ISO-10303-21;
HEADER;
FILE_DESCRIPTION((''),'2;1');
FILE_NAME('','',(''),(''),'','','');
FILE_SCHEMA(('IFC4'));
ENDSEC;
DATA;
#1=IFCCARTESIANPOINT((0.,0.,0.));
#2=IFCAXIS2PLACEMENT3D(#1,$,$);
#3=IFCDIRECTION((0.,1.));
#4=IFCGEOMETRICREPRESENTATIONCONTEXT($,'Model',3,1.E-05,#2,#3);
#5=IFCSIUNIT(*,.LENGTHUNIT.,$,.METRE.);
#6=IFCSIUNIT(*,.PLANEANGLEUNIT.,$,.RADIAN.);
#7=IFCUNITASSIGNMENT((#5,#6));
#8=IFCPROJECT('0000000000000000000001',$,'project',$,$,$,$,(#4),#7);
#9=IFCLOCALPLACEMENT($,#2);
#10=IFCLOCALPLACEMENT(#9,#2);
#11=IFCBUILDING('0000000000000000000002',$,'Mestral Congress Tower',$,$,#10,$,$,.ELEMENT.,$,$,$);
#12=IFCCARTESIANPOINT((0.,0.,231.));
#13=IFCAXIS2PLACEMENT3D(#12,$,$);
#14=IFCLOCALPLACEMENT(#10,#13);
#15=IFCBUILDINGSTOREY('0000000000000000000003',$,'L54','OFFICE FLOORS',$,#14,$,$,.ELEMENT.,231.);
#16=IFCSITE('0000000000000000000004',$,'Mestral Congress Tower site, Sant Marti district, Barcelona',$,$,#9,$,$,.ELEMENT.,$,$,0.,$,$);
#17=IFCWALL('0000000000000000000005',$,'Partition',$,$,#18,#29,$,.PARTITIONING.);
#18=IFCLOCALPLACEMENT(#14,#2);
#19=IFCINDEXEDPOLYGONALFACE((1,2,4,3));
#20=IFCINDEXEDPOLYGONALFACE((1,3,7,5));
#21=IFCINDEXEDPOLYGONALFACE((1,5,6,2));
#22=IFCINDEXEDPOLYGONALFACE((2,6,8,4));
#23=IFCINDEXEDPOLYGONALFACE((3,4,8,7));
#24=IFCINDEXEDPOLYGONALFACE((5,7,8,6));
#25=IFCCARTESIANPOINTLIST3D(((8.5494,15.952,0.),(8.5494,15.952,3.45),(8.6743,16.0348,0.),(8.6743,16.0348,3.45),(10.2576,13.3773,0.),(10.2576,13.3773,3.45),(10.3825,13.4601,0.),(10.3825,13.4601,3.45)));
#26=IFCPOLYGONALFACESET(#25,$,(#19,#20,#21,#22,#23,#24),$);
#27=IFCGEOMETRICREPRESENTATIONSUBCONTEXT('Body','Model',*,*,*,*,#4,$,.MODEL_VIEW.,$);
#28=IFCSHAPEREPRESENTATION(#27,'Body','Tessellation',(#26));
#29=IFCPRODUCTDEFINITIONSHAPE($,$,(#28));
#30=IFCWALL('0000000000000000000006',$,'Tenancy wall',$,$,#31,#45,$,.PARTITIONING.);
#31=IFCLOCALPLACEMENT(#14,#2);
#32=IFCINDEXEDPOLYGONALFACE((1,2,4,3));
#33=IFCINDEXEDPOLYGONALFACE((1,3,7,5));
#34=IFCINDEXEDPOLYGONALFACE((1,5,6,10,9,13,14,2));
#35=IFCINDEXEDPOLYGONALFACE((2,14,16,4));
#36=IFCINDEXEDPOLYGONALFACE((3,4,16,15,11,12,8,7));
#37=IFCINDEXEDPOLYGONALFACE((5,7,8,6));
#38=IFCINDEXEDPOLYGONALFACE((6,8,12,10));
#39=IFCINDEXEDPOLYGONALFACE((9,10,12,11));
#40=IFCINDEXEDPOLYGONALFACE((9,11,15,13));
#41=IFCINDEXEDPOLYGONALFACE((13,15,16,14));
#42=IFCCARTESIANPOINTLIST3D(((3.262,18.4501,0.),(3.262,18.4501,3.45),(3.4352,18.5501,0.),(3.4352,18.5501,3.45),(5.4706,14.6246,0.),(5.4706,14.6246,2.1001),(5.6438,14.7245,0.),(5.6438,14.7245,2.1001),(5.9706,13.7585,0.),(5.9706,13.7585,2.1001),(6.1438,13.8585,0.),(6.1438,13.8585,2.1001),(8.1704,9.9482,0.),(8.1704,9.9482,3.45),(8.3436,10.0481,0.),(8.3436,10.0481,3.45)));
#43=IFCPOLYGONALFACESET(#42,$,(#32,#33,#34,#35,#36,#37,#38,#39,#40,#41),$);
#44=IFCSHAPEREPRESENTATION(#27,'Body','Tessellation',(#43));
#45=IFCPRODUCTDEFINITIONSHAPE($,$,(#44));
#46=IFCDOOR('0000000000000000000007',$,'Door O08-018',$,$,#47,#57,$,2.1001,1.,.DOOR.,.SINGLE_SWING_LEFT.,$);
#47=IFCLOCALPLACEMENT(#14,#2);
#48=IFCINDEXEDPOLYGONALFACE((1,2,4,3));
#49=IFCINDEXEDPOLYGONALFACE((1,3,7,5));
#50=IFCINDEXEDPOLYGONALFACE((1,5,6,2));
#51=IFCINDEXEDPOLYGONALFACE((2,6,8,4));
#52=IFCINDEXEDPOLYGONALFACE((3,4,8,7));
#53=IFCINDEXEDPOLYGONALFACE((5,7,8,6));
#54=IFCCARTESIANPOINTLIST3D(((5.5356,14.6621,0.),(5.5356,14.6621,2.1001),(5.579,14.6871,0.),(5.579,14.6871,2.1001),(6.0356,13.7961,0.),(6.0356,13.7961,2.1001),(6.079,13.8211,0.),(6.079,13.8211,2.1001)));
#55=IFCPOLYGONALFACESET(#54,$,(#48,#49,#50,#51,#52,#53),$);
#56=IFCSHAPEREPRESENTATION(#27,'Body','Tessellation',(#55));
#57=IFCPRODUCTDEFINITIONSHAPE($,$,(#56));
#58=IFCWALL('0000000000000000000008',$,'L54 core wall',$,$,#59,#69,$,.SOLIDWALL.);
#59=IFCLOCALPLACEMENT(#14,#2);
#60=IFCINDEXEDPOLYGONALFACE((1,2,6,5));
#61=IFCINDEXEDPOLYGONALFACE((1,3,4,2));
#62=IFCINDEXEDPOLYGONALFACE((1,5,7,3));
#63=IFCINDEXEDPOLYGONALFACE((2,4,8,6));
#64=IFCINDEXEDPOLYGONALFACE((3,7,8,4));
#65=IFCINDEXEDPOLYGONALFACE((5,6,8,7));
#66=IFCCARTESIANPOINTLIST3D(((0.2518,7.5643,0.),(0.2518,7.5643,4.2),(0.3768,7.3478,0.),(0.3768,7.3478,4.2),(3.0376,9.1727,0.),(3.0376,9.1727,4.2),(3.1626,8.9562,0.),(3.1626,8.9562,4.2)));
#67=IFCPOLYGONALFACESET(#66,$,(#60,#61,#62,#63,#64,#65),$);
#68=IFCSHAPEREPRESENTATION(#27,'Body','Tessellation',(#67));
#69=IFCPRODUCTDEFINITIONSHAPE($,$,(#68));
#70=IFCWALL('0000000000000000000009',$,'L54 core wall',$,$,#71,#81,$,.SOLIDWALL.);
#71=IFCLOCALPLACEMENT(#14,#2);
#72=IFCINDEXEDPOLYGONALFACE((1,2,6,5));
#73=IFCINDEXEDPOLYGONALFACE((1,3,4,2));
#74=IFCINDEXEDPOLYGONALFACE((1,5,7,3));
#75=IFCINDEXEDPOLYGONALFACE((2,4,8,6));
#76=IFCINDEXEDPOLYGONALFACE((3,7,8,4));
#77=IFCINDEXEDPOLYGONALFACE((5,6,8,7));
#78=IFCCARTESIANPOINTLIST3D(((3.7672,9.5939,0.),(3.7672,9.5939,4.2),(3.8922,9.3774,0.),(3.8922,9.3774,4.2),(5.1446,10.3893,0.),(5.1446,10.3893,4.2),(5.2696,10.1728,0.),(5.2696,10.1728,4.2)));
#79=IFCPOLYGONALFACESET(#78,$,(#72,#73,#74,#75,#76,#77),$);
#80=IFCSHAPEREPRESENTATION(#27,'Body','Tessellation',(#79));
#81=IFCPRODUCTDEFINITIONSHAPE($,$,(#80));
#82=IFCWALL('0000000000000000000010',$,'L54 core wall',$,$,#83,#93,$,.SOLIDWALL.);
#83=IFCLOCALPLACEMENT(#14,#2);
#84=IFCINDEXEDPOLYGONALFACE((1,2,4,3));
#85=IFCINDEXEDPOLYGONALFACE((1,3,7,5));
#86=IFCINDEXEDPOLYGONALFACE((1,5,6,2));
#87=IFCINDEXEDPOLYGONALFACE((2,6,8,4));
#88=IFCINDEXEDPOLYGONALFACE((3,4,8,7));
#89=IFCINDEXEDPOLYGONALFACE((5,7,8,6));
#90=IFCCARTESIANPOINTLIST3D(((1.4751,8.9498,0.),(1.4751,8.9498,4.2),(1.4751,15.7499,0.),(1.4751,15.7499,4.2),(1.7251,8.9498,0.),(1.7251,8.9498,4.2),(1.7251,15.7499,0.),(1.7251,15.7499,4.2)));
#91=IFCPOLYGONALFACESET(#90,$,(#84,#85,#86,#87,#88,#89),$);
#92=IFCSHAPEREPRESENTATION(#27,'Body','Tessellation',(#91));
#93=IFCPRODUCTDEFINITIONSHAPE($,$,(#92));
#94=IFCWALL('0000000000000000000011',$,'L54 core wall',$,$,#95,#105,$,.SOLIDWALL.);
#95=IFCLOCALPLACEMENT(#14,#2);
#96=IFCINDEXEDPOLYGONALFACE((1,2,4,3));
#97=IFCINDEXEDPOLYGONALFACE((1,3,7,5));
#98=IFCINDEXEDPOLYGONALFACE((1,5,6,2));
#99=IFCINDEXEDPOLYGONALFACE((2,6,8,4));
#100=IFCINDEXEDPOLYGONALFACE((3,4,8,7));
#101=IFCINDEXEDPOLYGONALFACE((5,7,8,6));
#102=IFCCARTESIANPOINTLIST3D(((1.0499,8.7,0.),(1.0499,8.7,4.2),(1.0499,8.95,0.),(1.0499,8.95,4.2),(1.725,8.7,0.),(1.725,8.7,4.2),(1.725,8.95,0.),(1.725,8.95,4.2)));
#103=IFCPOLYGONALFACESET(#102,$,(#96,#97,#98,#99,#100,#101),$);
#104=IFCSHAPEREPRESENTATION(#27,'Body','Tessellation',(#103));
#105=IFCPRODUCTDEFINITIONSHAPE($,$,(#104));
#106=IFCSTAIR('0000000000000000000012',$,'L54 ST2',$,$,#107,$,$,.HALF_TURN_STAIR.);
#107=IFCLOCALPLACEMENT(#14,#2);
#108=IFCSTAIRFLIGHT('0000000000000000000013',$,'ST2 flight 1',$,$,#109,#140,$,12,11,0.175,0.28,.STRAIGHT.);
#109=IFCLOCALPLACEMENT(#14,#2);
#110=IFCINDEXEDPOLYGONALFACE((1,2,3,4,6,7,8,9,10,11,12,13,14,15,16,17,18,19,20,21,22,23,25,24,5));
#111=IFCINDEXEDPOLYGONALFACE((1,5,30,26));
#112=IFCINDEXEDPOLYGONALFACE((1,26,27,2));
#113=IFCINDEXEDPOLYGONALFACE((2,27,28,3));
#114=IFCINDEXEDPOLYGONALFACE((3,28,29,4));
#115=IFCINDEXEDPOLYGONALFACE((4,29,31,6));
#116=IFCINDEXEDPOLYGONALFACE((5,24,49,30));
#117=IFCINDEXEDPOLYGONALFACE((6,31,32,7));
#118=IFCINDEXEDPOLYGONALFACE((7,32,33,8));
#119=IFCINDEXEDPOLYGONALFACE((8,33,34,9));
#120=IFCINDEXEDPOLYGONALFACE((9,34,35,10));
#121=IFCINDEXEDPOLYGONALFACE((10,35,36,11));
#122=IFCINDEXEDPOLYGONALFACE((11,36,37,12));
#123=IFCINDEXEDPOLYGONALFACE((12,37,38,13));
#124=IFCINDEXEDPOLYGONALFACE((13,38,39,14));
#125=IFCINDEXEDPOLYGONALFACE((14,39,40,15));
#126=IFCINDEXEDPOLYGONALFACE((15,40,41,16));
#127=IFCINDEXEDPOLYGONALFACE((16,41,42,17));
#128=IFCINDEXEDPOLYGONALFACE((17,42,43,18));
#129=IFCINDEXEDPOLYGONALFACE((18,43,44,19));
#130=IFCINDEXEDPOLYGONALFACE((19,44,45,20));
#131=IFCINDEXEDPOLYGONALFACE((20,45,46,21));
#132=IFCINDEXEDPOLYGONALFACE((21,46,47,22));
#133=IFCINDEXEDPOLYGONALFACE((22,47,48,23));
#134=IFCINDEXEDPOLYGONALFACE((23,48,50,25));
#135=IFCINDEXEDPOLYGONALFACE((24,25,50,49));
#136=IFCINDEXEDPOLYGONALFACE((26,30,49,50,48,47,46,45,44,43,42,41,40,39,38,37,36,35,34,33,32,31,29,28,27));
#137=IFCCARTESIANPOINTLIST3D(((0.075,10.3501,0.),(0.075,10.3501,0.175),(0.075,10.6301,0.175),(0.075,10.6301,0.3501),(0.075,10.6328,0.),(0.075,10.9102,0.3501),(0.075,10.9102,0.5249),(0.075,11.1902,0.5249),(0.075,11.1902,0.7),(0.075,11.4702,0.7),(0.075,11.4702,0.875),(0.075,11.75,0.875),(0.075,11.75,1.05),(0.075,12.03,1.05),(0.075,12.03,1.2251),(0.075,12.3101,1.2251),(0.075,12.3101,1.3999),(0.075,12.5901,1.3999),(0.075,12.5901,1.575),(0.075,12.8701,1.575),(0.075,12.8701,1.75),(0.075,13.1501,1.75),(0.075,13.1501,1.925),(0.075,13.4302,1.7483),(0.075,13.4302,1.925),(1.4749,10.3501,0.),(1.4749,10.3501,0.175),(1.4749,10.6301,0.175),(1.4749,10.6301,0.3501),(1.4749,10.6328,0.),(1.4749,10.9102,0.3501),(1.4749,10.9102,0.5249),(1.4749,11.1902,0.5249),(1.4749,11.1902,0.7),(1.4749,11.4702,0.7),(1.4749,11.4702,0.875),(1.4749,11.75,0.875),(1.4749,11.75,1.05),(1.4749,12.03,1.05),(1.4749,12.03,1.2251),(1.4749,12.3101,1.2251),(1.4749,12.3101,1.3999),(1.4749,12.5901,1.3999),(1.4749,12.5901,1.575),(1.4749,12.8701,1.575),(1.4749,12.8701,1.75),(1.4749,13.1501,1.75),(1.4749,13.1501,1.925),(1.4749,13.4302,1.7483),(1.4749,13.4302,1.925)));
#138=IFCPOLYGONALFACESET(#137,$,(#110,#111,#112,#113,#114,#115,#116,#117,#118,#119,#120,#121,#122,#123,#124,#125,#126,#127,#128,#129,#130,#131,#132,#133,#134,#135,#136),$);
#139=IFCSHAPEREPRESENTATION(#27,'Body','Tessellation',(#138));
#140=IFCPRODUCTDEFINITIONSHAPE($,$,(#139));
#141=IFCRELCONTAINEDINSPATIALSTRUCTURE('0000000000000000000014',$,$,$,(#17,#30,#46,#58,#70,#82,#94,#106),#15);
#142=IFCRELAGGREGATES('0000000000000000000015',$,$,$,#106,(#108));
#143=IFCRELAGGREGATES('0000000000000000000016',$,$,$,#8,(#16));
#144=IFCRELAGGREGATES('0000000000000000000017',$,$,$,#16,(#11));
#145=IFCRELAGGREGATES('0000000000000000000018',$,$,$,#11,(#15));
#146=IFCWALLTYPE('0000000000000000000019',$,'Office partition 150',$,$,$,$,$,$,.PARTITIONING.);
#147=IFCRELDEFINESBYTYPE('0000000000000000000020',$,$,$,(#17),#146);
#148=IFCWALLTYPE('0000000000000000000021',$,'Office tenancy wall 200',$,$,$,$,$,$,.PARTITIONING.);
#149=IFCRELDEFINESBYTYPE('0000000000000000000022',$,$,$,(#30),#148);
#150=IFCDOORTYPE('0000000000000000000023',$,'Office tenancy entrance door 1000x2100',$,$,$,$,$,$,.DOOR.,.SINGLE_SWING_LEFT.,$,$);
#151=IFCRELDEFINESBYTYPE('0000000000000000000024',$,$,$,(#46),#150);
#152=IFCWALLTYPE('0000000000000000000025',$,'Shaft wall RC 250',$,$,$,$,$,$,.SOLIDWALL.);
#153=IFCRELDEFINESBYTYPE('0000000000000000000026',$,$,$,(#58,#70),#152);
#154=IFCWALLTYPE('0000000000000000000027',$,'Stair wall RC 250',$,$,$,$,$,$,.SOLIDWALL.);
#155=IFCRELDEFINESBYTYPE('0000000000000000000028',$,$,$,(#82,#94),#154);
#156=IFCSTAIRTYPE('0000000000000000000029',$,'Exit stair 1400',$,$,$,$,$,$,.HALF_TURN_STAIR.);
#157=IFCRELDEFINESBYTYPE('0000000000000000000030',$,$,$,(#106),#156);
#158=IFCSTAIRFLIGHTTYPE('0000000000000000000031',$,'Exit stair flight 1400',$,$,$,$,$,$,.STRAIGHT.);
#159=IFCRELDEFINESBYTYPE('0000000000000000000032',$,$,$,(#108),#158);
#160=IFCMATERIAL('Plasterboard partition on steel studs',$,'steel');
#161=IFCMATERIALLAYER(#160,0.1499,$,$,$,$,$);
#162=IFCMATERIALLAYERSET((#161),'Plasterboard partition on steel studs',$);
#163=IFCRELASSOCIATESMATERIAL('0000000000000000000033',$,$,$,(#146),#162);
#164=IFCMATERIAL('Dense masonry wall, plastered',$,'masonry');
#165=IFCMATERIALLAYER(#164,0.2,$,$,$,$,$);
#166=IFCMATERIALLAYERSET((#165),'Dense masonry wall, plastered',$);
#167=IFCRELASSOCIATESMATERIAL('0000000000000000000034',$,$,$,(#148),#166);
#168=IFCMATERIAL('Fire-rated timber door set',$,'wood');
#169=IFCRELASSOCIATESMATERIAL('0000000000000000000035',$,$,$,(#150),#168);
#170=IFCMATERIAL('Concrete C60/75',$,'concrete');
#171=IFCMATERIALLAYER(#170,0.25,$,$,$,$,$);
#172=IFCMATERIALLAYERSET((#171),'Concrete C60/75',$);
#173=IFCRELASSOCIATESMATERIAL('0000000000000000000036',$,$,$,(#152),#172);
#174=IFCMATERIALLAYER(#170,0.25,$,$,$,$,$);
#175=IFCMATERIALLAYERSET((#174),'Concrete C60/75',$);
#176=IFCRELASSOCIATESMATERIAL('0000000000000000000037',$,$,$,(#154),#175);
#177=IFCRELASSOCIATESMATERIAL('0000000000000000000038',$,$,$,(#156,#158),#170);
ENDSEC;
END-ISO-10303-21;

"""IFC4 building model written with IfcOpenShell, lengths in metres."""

from ifc_helpers import new_model, si_unit, direction, frame, frame_2d, origin, place, context, subcontext, project, spatial, polyline, rectangle, outline, extrude, material, layer, layer_set, type_object, element, fill, aggregate, save


model = new_model("IFC4")

# Units and contexts
model_context = context("Model", 3, precision=1e-05, world=origin(), true_north=direction((0.0, 1.0)))
body_context = subcontext(model_context, "Body", "Model", "MODEL_VIEW")
ifc_project = project(units=[si_unit("LENGTHUNIT", "METRE"), si_unit("PLANEANGLEUNIT", "RADIAN")], contexts=[model_context])

# Site, building, storey
site_placement = place(None, origin())
site = spatial("IfcSite", under=ifc_project, at=site_placement, Name="Mestral Congress Tower site, Sant Marti district, Barcelona", CompositionType="ELEMENT", RefElevation=0.0)
building_placement = place(site_placement, origin())
building = spatial("IfcBuilding", under=site, at=building_placement, Name="Mestral Congress Tower", CompositionType="ELEMENT")
storey_placement = place(building_placement, frame((0.0, 0.0, 231.0)))
storey = spatial("IfcBuildingStorey", under=building, at=storey_placement, Name="L54", Description="OFFICE FLOORS", CompositionType="ELEMENT", Elevation=231.0)

# Shared definitions
ifc_material_1 = material(Name="Concrete C60/75", Category="concrete")

# Shared definitions
ifc_material_2 = material(Name="Plasterboard partition on steel studs", Category="steel")
ifc_layer_1 = layer(ifc_material_2, 0.1499)
ifc_layer_set_1 = layer_set([ifc_layer_1], Name="Plasterboard partition on steel studs")
wall_type_1 = type_object("IfcWallType", Name="Office partition 150", PredefinedType="PARTITIONING", material=ifc_layer_set_1)

# Wall
wall_1_placement = place(storey_placement, frame((10.3201, 13.4187, 0.0), z_axis=(0.0, 0.0, 1.0), x_axis=(-0.552857, 0.833276, 0.0)))
element("IfcWall", 1, at=wall_1_placement, inside=storey, type_object=wall_type_1, Name="Partition", PredefinedType="PARTITIONING", context=body_context, shape_type="SweptSolid", body=[
    extrude(rectangle(XDim=3.0898, YDim=0.1499, at=frame_2d((1.5449, 0.0))), origin(), (0.0, 0.0, 1.0), 3.45),
])

# Wall, opening, door
ifc_material_3 = material(Name="Dense masonry wall, plastered", Category="masonry")
ifc_layer_2 = layer(ifc_material_3, 0.2)
ifc_layer_set_2 = layer_set([ifc_layer_2], Name="Dense masonry wall, plastered")
wall_type_2 = type_object("IfcWallType", Name="Office tenancy wall 200", PredefinedType="PARTITIONING", material=ifc_layer_set_2)
wall_2_placement = place(storey_placement, frame((8.2571, 9.998, 0.0), z_axis=(0.0, 0.0, 1.0), x_axis=(-0.499988, 0.866032, 0.0)))
wall_2 = element("IfcWall", 2, at=wall_2_placement, inside=storey, type_object=wall_type_2, Name="Tenancy wall", PredefinedType="PARTITIONING", context=body_context, shape_type="SweptSolid", body=[
    extrude(rectangle(XDim=9.8171, YDim=0.2, at=frame_2d((4.9087, 0.0))), origin(), (0.0, 0.0, 1.0), 3.45),
])
opening_1_placement = place(wall_2_placement, frame((4.3999, 0.0, 0.0)))
opening_1 = element("IfcOpeningElement", 3, at=opening_1_placement, cuts=wall_2, PredefinedType="OPENING", context=body_context, shape_type="SweptSolid", body=[
    extrude(rectangle(XDim=1.0, YDim=2.1001, at=frame_2d((0.5, 1.05))), frame((0.0, 0.1099, 0.0), z_axis=(0.0, -1.0, 0.0), x_axis=(1.0, 0.0, 0.0)), (0.0, 0.0, 1.0), 0.22),
])
ifc_material_4 = material(Name="Fire-rated timber door set", Category="wood")
door_type_1 = type_object("IfcDoorType", Name="Office tenancy entrance door 1000x2100", OperationType="SINGLE_SWING_LEFT", PredefinedType="DOOR", material=ifc_material_4)
door_1_placement = place(opening_1_placement, origin())
door_1 = element("IfcDoor", 4, at=door_1_placement, inside=storey, type_object=door_type_1, Name="Door O08-018", OperationType="SINGLE_SWING_LEFT", OverallHeight=2.1001, OverallWidth=1.0, PredefinedType="DOOR", context=body_context, shape_type="SweptSolid", body=[
    extrude(rectangle(XDim=1.0, YDim=2.1001, at=frame_2d((0.5, 1.05))), frame((0.0, 0.0249, 0.0), z_axis=(0.0, -1.0, 0.0), x_axis=(1.0, 0.0, 0.0)), (0.0, 0.0, 1.0), 0.05),
])
fill(opening_1, door_1)

# Walls
ifc_layer_3 = layer(ifc_material_1, 0.25)
ifc_layer_set_3 = layer_set([ifc_layer_3], Name="Concrete C60/75")
wall_type_3 = type_object("IfcWallType", Name="Shaft wall RC 250", PredefinedType="SOLIDWALL", material=ifc_layer_set_3)
wall_3_placement = place(storey_placement, frame((3.1001, 9.0645, 0.0), z_axis=(0.0, 0.0, 1.0), x_axis=(-0.86603, -0.499992, 0.0)))
element("IfcWall", 5, at=wall_3_placement, inside=storey, type_object=wall_type_3, Name="L54 core wall", PredefinedType="SOLIDWALL", context=body_context, shape_type="SweptSolid", body=[
    extrude(rectangle(XDim=3.2168, YDim=0.25, at=frame_2d((1.6084, 0.0))), origin(), (0.0, 0.0, 1.0), 4.2),
])
wall_4_placement = place(storey_placement, frame((3.8296, 9.4856, 0.0), z_axis=(0.0, 0.0, 1.0), x_axis=(0.865986, 0.500068, 0.0)))
element("IfcWall", 6, at=wall_4_placement, inside=storey, type_object=wall_type_3, Name="L54 core wall", PredefinedType="SOLIDWALL", context=body_context, shape_type="SweptSolid", body=[
    extrude(rectangle(XDim=1.5906, YDim=0.25, at=frame_2d((0.7954, 0.0))), origin(), (0.0, 0.0, 1.0), 4.2),
])
ifc_layer_4 = layer(ifc_material_1, 0.25)
ifc_layer_set_4 = layer_set([ifc_layer_4], Name="Concrete C60/75")
wall_type_4 = type_object("IfcWallType", Name="Stair wall RC 250", PredefinedType="SOLIDWALL", material=ifc_layer_set_4)
wall_5_placement = place(storey_placement, frame((1.6001, 8.95, 0.0), z_axis=(0.0, 0.0, 1.0), x_axis=(0.0, 1.0, 0.0)))
element("IfcWall", 7, at=wall_5_placement, inside=storey, type_object=wall_type_4, Name="L54 core wall", PredefinedType="SOLIDWALL", context=body_context, shape_type="SweptSolid", body=[
    extrude(rectangle(XDim=6.8, YDim=0.25, at=frame_2d((3.3999, 0.0))), origin(), (0.0, 0.0, 1.0), 4.2),
])
wall_6_placement = place(storey_placement, frame((1.05, 8.825, 0.0), z_axis=(0.0, 0.0, 1.0), x_axis=(1.0, 0.0, 0.0)))
element("IfcWall", 8, at=wall_6_placement, inside=storey, type_object=wall_type_4, Name="L54 core wall", PredefinedType="SOLIDWALL", context=body_context, shape_type="SweptSolid", body=[
    extrude(rectangle(XDim=0.675, YDim=0.25, at=frame_2d((0.3374, 0.0))), origin(), (0.0, 0.0, 1.0), 4.2),
])

# Stair, stair flight
stair_type = type_object("IfcStairType", Name="Exit stair 1400", PredefinedType="HALF_TURN_STAIR", material=ifc_material_1)
stair_placement = place(storey_placement, origin())
stair = element("IfcStair", 9, at=stair_placement, inside=storey, type_object=stair_type, Name="L54 ST2", PredefinedType="HALF_TURN_STAIR")
stair_flight_type = type_object("IfcStairFlightType", Name="Exit stair flight 1400", PredefinedType="STRAIGHT", material=ifc_material_1)
stair_flight_placement = place(storey_placement, frame((0.7749, 10.3501, 0.0), z_axis=(0.0, 0.0, 1.0), x_axis=(0.0, 1.0, 0.0)))
stair_flight = element("IfcStairFlight", 10, at=stair_flight_placement, type_object=stair_flight_type, Name="ST2 flight 1", NumberOfRisers=12, NumberOfTreads=11, PredefinedType="STRAIGHT", RiserHeight=0.175, TreadLength=0.28, context=body_context, shape_type="SweptSolid", body=[
    extrude(outline(polyline([(0.0, 0.0), (0.0, 0.175), (0.28, 0.175), (0.28, 0.3501), (0.5601, 0.3501), (0.5601, 0.5249), (0.8401, 0.5249), (0.8401, 0.7), (1.1201, 0.7), (1.1201, 0.875), (1.3999, 0.875), (1.3999, 1.05), (1.6799, 1.05), (1.6799, 1.2251), (1.96, 1.2251), (1.96, 1.3999), (2.24, 1.3999), (2.24, 1.575), (2.52, 1.575), (2.52, 1.75), (2.8, 1.75), (2.8, 1.925), (3.0801, 1.925), (3.0801, 2.1001), (3.0801, 1.7483), (0.2827, 0.0), (0.0, 0.0)])), frame((0.0, 0.7, 0.0), z_axis=(0.0, -1.0, 0.0), x_axis=(1.0, 0.0, 0.0)), (0.0, 0.0, 1.0), 1.3999),
])
aggregate(stair, [stair_flight])

save(model, "model.ifc")
